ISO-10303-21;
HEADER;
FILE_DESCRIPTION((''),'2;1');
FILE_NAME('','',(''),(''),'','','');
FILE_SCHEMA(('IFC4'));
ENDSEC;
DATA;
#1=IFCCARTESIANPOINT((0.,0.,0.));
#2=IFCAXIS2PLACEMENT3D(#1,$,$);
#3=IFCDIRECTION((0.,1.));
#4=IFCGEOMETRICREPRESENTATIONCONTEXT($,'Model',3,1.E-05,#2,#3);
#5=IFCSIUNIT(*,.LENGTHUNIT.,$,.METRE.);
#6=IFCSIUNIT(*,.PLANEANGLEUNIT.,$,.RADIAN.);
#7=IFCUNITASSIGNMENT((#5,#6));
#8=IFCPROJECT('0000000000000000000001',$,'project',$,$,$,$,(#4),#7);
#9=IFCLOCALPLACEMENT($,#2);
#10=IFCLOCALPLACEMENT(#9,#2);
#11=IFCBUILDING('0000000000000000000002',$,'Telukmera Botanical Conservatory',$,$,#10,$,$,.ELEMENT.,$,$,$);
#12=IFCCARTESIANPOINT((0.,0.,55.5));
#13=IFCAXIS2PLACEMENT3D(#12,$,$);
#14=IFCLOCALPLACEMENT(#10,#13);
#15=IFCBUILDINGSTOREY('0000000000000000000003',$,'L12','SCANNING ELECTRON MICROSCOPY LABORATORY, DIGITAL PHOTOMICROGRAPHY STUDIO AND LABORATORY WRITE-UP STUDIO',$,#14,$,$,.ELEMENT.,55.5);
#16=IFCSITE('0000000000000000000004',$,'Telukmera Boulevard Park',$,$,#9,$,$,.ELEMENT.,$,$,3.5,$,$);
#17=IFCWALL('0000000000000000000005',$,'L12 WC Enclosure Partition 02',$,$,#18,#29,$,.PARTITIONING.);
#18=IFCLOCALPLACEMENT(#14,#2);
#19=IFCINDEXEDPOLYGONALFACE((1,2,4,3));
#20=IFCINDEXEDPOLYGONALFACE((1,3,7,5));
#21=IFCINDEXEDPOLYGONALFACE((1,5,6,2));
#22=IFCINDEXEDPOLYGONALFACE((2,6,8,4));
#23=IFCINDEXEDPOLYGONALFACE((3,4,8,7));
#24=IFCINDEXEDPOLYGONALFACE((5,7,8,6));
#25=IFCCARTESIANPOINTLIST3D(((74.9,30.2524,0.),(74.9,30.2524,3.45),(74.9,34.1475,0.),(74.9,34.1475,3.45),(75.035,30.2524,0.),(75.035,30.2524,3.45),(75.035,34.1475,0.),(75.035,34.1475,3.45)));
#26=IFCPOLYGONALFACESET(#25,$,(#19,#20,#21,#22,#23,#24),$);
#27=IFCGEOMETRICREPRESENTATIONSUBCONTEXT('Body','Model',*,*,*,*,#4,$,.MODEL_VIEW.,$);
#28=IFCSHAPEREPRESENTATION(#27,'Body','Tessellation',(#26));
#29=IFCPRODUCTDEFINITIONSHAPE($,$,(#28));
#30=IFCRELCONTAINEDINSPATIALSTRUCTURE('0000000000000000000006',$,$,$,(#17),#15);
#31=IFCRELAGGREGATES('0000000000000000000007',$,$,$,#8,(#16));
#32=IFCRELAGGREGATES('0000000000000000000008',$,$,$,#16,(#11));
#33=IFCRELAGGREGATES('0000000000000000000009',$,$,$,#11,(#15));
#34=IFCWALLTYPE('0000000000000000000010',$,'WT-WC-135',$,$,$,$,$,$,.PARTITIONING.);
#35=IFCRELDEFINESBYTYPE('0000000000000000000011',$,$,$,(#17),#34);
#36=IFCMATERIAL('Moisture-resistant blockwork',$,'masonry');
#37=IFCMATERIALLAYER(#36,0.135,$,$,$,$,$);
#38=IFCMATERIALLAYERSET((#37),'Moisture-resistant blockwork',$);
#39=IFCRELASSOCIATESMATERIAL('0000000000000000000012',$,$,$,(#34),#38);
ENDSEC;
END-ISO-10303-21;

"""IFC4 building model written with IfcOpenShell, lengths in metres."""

from ifc_helpers import new_model, si_unit, direction, frame, frame_2d, origin, place, context, subcontext, project, spatial, rectangle, extrude, material, layer, layer_set, type_object, element, save


model = new_model("IFC4")

# Units and contexts
model_context = context("Model", 3, precision=1e-05, world=origin(), true_north=direction((0.0, 1.0)))
body_context = subcontext(model_context, "Body", "Model", "MODEL_VIEW")
ifc_project = project(units=[si_unit("LENGTHUNIT", "METRE"), si_unit("PLANEANGLEUNIT", "RADIAN")], contexts=[model_context])

# Site, building, storey
site_placement = place(None, origin())
site = spatial("IfcSite", under=ifc_project, at=site_placement, Name="Telukmera Boulevard Park", CompositionType="ELEMENT", RefElevation=3.5)
building_placement = place(site_placement, origin())
building = spatial("IfcBuilding", under=site, at=building_placement, Name="Telukmera Botanical Conservatory", CompositionType="ELEMENT")
storey_placement = place(building_placement, frame((0.0, 0.0, 55.5)))
storey = spatial("IfcBuildingStorey", under=building, at=storey_placement, Name="L12", Description="SCANNING ELECTRON MICROSCOPY LABORATORY, DIGITAL PHOTOMICROGRAPHY STUDIO AND LABORATORY WRITE-UP STUDIO", CompositionType="ELEMENT", Elevation=55.5)

# Wall
ifc_material_1 = material(Name="Moisture-resistant blockwork", Category="masonry")
ifc_layer_1 = layer(ifc_material_1, 0.135)
ifc_layer_set_1 = layer_set([ifc_layer_1], Name="Moisture-resistant blockwork")
wall_type_1 = type_object("IfcWallType", Name="WT-WC-135", PredefinedType="PARTITIONING", material=ifc_layer_set_1)
wall_1_placement = place(storey_placement, frame((74.9675, 30.2524, 0.0), z_axis=(0.0, 0.0, 1.0), x_axis=(0.0, 1.0, 0.0)))
element("IfcWall", 1, at=wall_1_placement, inside=storey, type_object=wall_type_1, Name="L12 WC Enclosure Partition 02", PredefinedType="PARTITIONING", context=body_context, shape_type="SweptSolid", body=[
    extrude(rectangle(XDim=3.895, YDim=0.135, at=frame_2d((1.9475, 0.0))), origin(), (0.0, 0.0, 1.0), 3.45),
])

save(model, "model.ifc")
